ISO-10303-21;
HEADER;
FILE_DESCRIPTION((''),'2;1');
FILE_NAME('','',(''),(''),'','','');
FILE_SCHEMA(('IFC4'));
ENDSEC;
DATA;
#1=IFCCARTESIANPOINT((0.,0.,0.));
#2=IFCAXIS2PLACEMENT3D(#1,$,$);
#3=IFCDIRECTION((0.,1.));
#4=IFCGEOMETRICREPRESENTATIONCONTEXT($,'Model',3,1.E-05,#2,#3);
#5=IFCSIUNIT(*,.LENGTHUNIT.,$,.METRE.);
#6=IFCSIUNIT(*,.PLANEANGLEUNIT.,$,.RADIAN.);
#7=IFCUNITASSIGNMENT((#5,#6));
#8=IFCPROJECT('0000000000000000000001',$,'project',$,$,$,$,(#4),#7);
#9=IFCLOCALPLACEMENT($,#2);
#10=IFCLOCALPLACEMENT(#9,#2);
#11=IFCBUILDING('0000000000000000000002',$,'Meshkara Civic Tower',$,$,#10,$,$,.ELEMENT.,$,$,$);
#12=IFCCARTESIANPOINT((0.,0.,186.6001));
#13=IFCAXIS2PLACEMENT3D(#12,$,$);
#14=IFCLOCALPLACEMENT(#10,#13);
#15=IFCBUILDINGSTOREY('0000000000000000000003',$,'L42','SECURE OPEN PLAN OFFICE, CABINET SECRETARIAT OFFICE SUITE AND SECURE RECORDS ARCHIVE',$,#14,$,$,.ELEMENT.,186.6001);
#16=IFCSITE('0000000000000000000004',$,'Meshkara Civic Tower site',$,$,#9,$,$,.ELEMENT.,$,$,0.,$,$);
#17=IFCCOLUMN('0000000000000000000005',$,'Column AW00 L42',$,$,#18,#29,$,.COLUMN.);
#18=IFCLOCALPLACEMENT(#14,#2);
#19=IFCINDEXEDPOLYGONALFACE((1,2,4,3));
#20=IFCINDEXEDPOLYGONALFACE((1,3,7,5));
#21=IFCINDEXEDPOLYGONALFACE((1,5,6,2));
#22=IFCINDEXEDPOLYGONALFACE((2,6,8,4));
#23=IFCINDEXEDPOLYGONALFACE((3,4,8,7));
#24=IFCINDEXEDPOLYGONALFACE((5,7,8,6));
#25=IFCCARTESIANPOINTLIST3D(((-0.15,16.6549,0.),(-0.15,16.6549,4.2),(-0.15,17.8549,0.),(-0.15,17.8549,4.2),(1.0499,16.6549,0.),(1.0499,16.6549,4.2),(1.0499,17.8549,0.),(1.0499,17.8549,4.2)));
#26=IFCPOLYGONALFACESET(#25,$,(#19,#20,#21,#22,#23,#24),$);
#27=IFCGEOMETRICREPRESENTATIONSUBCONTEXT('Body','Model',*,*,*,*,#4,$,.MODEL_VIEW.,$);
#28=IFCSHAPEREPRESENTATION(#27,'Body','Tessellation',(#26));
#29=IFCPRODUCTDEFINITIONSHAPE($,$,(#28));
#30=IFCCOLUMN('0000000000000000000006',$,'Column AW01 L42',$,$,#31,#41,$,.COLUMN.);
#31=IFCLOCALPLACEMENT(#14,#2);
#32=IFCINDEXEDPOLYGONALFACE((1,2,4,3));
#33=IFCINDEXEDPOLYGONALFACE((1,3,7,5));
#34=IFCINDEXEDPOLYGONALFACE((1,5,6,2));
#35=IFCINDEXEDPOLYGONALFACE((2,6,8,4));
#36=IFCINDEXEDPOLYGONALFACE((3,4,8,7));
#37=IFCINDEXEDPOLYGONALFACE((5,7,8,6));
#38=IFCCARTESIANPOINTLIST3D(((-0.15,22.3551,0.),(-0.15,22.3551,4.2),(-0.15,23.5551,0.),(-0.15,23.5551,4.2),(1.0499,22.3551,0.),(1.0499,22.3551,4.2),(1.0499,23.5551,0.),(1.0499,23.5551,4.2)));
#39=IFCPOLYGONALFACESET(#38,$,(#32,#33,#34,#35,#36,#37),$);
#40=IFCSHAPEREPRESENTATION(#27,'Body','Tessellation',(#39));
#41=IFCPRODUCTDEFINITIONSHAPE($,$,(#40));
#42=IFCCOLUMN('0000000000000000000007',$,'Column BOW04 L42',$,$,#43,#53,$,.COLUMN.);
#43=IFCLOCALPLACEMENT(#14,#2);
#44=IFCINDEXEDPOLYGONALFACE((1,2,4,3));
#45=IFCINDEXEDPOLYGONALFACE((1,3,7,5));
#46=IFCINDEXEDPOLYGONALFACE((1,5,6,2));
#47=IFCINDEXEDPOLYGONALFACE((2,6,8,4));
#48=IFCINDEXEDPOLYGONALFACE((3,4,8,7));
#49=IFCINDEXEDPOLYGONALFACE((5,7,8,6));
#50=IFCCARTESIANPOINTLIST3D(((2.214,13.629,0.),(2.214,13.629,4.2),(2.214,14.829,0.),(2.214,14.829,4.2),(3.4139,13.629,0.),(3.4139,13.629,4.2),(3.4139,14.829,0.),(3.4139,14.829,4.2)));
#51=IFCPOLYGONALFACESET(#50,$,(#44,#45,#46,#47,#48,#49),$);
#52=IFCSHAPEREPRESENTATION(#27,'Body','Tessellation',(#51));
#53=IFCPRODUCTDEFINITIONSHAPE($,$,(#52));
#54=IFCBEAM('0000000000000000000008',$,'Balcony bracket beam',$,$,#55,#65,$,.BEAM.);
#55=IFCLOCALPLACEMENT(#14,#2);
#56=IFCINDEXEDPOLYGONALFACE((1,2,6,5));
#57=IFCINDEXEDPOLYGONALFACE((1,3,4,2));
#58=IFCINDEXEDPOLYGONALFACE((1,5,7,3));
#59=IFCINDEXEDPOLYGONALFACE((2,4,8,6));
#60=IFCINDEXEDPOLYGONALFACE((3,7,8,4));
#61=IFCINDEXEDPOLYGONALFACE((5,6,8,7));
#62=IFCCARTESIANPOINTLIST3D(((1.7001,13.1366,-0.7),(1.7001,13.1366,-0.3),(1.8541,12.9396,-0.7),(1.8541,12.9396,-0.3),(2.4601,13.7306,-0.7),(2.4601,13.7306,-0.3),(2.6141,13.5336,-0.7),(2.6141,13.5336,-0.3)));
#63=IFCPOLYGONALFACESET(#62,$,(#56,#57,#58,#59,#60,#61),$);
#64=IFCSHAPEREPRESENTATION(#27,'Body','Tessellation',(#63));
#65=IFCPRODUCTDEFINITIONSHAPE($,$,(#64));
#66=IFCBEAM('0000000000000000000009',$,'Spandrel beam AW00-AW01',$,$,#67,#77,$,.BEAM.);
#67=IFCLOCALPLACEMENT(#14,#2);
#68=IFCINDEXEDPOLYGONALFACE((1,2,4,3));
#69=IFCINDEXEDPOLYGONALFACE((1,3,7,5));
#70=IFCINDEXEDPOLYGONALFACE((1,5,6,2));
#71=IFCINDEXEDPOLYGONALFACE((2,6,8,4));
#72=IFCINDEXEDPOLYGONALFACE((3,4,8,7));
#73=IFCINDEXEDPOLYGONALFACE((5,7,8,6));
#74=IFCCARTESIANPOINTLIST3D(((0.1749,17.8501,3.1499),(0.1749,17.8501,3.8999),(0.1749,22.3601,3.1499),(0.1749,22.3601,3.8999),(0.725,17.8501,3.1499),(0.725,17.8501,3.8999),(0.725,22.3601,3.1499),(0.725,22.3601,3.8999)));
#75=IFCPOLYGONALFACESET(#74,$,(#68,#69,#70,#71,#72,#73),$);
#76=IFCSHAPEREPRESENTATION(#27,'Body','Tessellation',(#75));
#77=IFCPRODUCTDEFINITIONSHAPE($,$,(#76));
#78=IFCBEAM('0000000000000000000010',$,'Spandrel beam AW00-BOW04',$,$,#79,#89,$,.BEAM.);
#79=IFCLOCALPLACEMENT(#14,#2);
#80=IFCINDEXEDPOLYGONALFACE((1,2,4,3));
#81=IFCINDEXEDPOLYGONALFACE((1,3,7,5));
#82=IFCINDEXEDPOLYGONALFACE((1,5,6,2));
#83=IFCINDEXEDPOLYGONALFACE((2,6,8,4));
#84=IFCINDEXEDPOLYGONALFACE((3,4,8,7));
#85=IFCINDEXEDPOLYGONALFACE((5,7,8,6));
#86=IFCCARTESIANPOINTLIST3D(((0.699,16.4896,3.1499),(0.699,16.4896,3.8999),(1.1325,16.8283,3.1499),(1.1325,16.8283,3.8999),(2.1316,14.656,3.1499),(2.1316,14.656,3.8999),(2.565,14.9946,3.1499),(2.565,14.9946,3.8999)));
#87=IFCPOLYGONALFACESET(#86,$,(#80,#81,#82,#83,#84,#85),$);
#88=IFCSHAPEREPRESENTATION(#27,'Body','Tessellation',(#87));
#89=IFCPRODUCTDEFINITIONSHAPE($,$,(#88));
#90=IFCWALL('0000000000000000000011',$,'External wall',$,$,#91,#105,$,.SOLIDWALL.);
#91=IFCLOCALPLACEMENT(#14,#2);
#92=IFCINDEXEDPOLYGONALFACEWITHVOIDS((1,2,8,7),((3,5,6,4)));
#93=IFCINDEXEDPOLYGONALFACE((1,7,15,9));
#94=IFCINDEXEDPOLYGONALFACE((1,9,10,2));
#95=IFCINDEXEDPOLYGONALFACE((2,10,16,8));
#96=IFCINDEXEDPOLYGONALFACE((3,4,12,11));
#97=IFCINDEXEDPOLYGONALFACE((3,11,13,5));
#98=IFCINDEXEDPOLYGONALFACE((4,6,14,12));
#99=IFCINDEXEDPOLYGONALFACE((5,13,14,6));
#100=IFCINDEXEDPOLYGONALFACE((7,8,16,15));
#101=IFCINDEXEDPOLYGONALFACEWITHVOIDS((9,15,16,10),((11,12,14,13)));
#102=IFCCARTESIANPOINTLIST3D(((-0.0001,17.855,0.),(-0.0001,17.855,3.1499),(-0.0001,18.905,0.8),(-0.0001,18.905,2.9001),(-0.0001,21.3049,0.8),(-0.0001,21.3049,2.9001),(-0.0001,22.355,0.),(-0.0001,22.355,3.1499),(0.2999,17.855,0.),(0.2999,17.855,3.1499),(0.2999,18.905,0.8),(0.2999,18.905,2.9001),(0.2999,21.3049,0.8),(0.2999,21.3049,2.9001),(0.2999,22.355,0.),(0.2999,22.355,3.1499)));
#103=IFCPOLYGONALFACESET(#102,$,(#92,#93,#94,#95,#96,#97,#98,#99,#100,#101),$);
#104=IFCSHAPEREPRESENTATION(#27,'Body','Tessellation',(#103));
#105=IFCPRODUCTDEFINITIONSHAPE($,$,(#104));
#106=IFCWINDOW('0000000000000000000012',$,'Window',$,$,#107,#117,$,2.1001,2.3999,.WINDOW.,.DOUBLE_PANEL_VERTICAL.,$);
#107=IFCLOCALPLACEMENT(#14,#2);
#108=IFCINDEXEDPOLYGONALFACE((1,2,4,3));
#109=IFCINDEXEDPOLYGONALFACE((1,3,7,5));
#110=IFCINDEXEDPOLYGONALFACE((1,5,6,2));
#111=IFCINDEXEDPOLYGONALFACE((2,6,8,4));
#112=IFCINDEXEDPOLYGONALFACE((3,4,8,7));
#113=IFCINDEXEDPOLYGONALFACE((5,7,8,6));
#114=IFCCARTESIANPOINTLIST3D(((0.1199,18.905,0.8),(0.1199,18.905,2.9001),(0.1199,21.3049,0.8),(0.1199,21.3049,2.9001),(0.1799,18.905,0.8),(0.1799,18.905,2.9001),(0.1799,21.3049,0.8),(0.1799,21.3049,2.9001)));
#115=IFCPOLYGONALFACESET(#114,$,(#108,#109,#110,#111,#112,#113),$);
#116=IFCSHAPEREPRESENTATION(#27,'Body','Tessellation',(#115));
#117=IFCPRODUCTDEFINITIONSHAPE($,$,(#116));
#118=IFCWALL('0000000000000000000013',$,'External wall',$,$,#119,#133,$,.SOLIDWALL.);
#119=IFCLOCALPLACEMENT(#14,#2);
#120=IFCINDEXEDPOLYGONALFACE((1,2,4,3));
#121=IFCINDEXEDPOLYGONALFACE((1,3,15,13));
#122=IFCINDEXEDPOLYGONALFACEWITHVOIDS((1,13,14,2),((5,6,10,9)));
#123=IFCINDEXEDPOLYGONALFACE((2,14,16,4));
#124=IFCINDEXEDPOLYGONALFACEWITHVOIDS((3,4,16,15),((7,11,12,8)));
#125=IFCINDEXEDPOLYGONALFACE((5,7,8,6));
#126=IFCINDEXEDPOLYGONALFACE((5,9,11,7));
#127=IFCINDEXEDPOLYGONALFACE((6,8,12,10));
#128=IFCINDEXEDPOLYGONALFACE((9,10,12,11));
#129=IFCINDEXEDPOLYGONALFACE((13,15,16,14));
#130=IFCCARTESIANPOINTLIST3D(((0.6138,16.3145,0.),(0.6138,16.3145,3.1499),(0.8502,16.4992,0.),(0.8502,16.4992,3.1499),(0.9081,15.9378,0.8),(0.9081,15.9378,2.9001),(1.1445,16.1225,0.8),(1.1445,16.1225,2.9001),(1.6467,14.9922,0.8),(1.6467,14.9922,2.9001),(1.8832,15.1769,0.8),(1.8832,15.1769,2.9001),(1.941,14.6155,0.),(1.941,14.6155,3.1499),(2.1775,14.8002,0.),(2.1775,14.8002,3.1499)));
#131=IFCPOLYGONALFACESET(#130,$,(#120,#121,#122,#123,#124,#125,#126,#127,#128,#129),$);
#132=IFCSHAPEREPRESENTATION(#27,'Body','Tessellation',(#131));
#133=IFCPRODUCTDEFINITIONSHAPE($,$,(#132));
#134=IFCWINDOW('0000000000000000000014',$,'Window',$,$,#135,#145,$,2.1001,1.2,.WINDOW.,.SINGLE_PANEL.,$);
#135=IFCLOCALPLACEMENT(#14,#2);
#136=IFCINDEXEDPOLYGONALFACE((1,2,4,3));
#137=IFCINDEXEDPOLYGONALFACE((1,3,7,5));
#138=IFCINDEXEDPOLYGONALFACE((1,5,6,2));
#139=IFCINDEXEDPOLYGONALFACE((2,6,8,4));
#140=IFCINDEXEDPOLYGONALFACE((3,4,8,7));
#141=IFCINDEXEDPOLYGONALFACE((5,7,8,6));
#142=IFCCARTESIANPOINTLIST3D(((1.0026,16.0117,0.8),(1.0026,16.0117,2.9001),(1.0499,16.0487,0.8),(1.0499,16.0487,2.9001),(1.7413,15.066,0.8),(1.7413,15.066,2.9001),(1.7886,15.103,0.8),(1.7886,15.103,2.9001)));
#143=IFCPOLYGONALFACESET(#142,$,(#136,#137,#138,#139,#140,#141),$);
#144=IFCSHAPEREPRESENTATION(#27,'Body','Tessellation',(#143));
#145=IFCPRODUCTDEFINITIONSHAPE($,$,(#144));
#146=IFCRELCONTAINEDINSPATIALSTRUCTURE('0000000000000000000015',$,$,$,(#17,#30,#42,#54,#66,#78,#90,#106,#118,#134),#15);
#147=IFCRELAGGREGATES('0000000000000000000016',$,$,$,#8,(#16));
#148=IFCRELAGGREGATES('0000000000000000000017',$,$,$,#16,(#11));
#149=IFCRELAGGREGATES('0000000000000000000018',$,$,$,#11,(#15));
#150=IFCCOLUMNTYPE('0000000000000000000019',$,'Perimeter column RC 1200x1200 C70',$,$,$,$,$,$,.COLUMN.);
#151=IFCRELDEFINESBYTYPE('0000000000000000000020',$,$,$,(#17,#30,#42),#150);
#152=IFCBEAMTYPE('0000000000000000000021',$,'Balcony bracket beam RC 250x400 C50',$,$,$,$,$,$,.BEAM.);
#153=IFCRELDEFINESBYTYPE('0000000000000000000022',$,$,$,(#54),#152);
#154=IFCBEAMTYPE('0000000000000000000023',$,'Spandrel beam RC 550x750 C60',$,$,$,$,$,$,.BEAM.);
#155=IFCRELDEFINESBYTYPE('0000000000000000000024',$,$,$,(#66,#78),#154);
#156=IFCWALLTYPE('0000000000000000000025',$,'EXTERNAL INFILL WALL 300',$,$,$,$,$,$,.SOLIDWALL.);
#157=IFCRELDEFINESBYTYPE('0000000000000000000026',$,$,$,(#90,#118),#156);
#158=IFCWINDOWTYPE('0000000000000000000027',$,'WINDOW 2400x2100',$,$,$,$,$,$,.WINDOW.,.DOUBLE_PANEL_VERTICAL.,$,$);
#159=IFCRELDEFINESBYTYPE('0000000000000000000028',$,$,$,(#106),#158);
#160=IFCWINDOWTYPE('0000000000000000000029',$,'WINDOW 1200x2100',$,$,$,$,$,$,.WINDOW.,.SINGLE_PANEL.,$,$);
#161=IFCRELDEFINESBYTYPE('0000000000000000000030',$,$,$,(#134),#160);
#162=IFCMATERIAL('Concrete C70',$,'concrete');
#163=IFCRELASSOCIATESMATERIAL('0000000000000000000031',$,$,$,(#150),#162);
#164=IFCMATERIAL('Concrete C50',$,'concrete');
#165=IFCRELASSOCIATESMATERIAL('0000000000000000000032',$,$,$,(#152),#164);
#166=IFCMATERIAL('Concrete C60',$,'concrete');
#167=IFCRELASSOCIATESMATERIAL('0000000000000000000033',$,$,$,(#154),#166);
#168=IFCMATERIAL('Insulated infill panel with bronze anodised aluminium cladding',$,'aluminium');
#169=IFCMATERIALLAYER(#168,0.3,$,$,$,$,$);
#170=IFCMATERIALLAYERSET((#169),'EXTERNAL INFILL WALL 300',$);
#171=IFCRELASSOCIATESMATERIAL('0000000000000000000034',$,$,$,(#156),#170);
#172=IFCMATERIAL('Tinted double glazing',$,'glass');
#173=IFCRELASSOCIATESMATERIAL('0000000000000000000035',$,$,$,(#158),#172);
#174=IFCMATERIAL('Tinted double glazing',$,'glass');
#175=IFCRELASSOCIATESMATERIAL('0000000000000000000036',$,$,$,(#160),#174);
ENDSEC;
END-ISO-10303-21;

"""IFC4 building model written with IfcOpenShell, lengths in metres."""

from ifc_helpers import new_model, si_unit, direction, frame, frame_2d, origin, origin_2d, place, context, subcontext, project, spatial, rectangle, extrude, material, layer, layer_set, material_profile, profile_set, type_object, element, fill, save


model = new_model("IFC4")

# Units and contexts
model_context = context("Model", 3, precision=1e-05, world=origin(), true_north=direction((0.0, 1.0)))
body_context = subcontext(model_context, "Body", "Model", "MODEL_VIEW")
ifc_project = project(units=[si_unit("LENGTHUNIT", "METRE"), si_unit("PLANEANGLEUNIT", "RADIAN")], contexts=[model_context])

# Site, building, storey
site_placement = place(None, origin())
site = spatial("IfcSite", under=ifc_project, at=site_placement, Name="Meshkara Civic Tower site", CompositionType="ELEMENT", RefElevation=0.0)
building_placement = place(site_placement, origin())
building = spatial("IfcBuilding", under=site, at=building_placement, Name="Meshkara Civic Tower", CompositionType="ELEMENT")
storey_placement = place(building_placement, frame((0.0, 0.0, 186.6001)))
storey = spatial("IfcBuildingStorey", under=building, at=storey_placement, Name="L42", Description="SECURE OPEN PLAN OFFICE, CABINET SECRETARIAT OFFICE SUITE AND SECURE RECORDS ARCHIVE", CompositionType="ELEMENT", Elevation=186.6001)

# Columns
ifc_material_1 = material(Name="Concrete C70", Category="concrete")
ifc_material_profile_1 = material_profile(ifc_material_1, rectangle(XDim=1.2, YDim=1.2, at=origin_2d()))
ifc_profile_set_1 = profile_set([ifc_material_profile_1], Name="Concrete C70")
column_type = type_object("IfcColumnType", Name="Perimeter column RC 1200x1200 C70", PredefinedType="COLUMN", material=ifc_profile_set_1)
for number, where, z_axis, x_axis, name in (
    (1, (0.45, 17.2549, 0.0), (0.0, 0.0, 1.0), (1.0, 0.0, 0.0), "Column AW00 L42"),
    (2, (0.45, 22.9551, 0.0), (0.0, 0.0, 1.0), (1.0, 0.0, 0.0), "Column AW01 L42"),
    (3, (2.814, 14.229, 0.0), (0.0, 0.0, 1.0), (1.0, 0.0, 0.0), "Column BOW04 L42"),
):
    element("IfcColumn", number, at=place(storey_placement, frame(where, z_axis=z_axis, x_axis=x_axis)), inside=storey, type_object=column_type, Name=name, PredefinedType="COLUMN", context=body_context, shape_type="SweptSolid", body=[
        extrude(rectangle(XDim=1.2, YDim=1.2, at=origin_2d()), origin(), (0.0, 0.0, 1.0), 4.2),
    ])

# Beams
ifc_material_2 = material(Name="Concrete C50", Category="concrete")
ifc_material_profile_2 = material_profile(ifc_material_2, rectangle(XDim=0.25, YDim=0.3999, at=origin_2d()))
ifc_profile_set_2 = profile_set([ifc_material_profile_2], Name="Concrete C50")
beam_type_1 = type_object("IfcBeamType", Name="Balcony bracket beam RC 250x400 C50", PredefinedType="BEAM", material=ifc_profile_set_2)
beam_1_placement = place(storey_placement, frame((2.5371, 13.6321, -0.5), z_axis=(-0.787905, -0.615796, 0.0), x_axis=(0.615796, -0.787905, 0.0)))
element("IfcBeam", 4, at=beam_1_placement, inside=storey, type_object=beam_type_1, Name="Balcony bracket beam", PredefinedType="BEAM", context=body_context, shape_type="SweptSolid", body=[
    extrude(rectangle(XDim=0.25, YDim=0.3999, at=origin_2d()), origin(), (0.0, 0.0, 1.0), 0.9646),
])
ifc_material_3 = material(Name="Concrete C60", Category="concrete")
ifc_material_profile_3 = material_profile(ifc_material_3, rectangle(XDim=0.55, YDim=0.75, at=origin_2d()))
ifc_profile_set_3 = profile_set([ifc_material_profile_3], Name="Concrete C60")
beam_type_2 = type_object("IfcBeamType", Name="Spandrel beam RC 550x750 C60", PredefinedType="BEAM", material=ifc_profile_set_3)
beam_2_placement = place(storey_placement, frame((0.45, 22.3601, 3.5249), z_axis=(0.0, -1.0, 0.0), x_axis=(1.0, 0.0, 0.0)))
element("IfcBeam", 5, at=beam_2_placement, inside=storey, type_object=beam_type_2, Name="Spandrel beam AW00-AW01", PredefinedType="BEAM", context=body_context, shape_type="SweptSolid", body=[
    extrude(rectangle(XDim=0.55, YDim=0.75, at=origin_2d()), origin(), (0.0, 0.0, 1.0), 4.51),
])
beam_3_placement = place(storey_placement, frame((0.9158, 16.6589, 3.5249), z_axis=(0.615646, -0.788023, 0.0), x_axis=(0.788023, 0.615646, 0.0)))
element("IfcBeam", 6, at=beam_3_placement, inside=storey, type_object=beam_type_2, Name="Spandrel beam AW00-BOW04", PredefinedType="BEAM", context=body_context, shape_type="SweptSolid", body=[
    extrude(rectangle(XDim=0.55, YDim=0.75, at=origin_2d()), origin(), (0.0, 0.0, 1.0), 2.3269),
])

# Walls, openings, windows
ifc_material_4 = material(Name="Insulated infill panel with bronze anodised aluminium cladding", Category="aluminium")
ifc_layer = layer(ifc_material_4, 0.3)
ifc_layer_set = layer_set([ifc_layer], Name="EXTERNAL INFILL WALL 300")
wall_type = type_object("IfcWallType", Name="EXTERNAL INFILL WALL 300", PredefinedType="SOLIDWALL", material=ifc_layer_set)
wall_1_placement = place(storey_placement, frame((0.1499, 22.355, 0.0), z_axis=(0.0, 0.0, 1.0), x_axis=(0.0, -1.0, 0.0)))
wall_1 = element("IfcWall", 7, at=wall_1_placement, inside=storey, type_object=wall_type, Name="External wall", PredefinedType="SOLIDWALL", context=body_context, shape_type="SweptSolid", body=[
    extrude(rectangle(XDim=4.5, YDim=0.3, at=frame_2d((2.25, 0.0))), origin(), (0.0, 0.0, 1.0), 3.1499),
])
opening_1_placement = place(wall_1_placement, frame((1.05, 0.0, 0.8)))
opening_1 = element("IfcOpeningElement", 8, at=opening_1_placement, cuts=wall_1, PredefinedType="OPENING", context=body_context, shape_type="SweptSolid", body=[
    extrude(rectangle(XDim=2.3999, YDim=2.1001, at=frame_2d((1.2, 1.05))), frame((0.0, 0.1599, 0.0), z_axis=(0.0, -1.0, 0.0), x_axis=(1.0, 0.0, 0.0)), (0.0, 0.0, 1.0), 0.3201),
])
ifc_material_5 = material(Name="Tinted double glazing", Category="glass")
window_type_1 = type_object("IfcWindowType", Name="WINDOW 2400x2100", PartitioningType="DOUBLE_PANEL_VERTICAL", PredefinedType="WINDOW", material=ifc_material_5)
window_1_placement = place(opening_1_placement, origin())
window_1 = element("IfcWindow", 9, at=window_1_placement, inside=storey, type_object=window_type_1, Name="Window", OverallHeight=2.1001, OverallWidth=2.3999, PartitioningType="DOUBLE_PANEL_VERTICAL", PredefinedType="WINDOW", context=body_context, shape_type="SweptSolid", body=[
    extrude(rectangle(XDim=2.3999, YDim=2.1001, at=frame_2d((1.2, 1.05))), frame((0.0, 0.03, 0.0), z_axis=(0.0, -1.0, 0.0), x_axis=(1.0, 0.0, 0.0)), (0.0, 0.0, 1.0), 0.0601),
])
fill(opening_1, window_1)
wall_2_placement = place(storey_placement, frame((0.7319, 16.407, 0.0), z_axis=(0.0, 0.0, 1.0), x_axis=(0.615593, -0.788064, 0.0)))
wall_2 = element("IfcWall", 10, at=wall_2_placement, inside=storey, type_object=wall_type, Name="External wall", PredefinedType="SOLIDWALL", context=body_context, shape_type="SweptSolid", body=[
    extrude(rectangle(XDim=2.156, YDim=0.3, at=frame_2d((1.0781, 0.0))), origin(), (0.0, 0.0, 1.0), 3.1499),
])
opening_2_placement = place(wall_2_placement, frame((0.478, 0.0, 0.8)))
opening_2 = element("IfcOpeningElement", 11, at=opening_2_placement, cuts=wall_2, PredefinedType="OPENING", context=body_context, shape_type="SweptSolid", body=[
    extrude(rectangle(XDim=1.2, YDim=2.1001, at=frame_2d((0.6001, 1.05))), frame((0.0, 0.1599, 0.0), z_axis=(0.0, -1.0, 0.0), x_axis=(1.0, 0.0, 0.0)), (0.0, 0.0, 1.0), 0.3201),
])
ifc_material_6 = material(Name="Tinted double glazing", Category="glass")
window_type_2 = type_object("IfcWindowType", Name="WINDOW 1200x2100", PartitioningType="SINGLE_PANEL", PredefinedType="WINDOW", material=ifc_material_6)
window_2_placement = place(opening_2_placement, origin())
window_2 = element("IfcWindow", 12, at=window_2_placement, inside=storey, type_object=window_type_2, Name="Window", OverallHeight=2.1001, OverallWidth=1.2, PartitioningType="SINGLE_PANEL", PredefinedType="WINDOW", context=body_context, shape_type="SweptSolid", body=[
    extrude(rectangle(XDim=1.2, YDim=2.1001, at=frame_2d((0.6001, 1.05))), frame((0.0, 0.03, 0.0), z_axis=(0.0, -1.0, 0.0), x_axis=(1.0, 0.0, 0.0)), (0.0, 0.0, 1.0), 0.0601),
])
fill(opening_2, window_2)

save(model, "model.ifc")
